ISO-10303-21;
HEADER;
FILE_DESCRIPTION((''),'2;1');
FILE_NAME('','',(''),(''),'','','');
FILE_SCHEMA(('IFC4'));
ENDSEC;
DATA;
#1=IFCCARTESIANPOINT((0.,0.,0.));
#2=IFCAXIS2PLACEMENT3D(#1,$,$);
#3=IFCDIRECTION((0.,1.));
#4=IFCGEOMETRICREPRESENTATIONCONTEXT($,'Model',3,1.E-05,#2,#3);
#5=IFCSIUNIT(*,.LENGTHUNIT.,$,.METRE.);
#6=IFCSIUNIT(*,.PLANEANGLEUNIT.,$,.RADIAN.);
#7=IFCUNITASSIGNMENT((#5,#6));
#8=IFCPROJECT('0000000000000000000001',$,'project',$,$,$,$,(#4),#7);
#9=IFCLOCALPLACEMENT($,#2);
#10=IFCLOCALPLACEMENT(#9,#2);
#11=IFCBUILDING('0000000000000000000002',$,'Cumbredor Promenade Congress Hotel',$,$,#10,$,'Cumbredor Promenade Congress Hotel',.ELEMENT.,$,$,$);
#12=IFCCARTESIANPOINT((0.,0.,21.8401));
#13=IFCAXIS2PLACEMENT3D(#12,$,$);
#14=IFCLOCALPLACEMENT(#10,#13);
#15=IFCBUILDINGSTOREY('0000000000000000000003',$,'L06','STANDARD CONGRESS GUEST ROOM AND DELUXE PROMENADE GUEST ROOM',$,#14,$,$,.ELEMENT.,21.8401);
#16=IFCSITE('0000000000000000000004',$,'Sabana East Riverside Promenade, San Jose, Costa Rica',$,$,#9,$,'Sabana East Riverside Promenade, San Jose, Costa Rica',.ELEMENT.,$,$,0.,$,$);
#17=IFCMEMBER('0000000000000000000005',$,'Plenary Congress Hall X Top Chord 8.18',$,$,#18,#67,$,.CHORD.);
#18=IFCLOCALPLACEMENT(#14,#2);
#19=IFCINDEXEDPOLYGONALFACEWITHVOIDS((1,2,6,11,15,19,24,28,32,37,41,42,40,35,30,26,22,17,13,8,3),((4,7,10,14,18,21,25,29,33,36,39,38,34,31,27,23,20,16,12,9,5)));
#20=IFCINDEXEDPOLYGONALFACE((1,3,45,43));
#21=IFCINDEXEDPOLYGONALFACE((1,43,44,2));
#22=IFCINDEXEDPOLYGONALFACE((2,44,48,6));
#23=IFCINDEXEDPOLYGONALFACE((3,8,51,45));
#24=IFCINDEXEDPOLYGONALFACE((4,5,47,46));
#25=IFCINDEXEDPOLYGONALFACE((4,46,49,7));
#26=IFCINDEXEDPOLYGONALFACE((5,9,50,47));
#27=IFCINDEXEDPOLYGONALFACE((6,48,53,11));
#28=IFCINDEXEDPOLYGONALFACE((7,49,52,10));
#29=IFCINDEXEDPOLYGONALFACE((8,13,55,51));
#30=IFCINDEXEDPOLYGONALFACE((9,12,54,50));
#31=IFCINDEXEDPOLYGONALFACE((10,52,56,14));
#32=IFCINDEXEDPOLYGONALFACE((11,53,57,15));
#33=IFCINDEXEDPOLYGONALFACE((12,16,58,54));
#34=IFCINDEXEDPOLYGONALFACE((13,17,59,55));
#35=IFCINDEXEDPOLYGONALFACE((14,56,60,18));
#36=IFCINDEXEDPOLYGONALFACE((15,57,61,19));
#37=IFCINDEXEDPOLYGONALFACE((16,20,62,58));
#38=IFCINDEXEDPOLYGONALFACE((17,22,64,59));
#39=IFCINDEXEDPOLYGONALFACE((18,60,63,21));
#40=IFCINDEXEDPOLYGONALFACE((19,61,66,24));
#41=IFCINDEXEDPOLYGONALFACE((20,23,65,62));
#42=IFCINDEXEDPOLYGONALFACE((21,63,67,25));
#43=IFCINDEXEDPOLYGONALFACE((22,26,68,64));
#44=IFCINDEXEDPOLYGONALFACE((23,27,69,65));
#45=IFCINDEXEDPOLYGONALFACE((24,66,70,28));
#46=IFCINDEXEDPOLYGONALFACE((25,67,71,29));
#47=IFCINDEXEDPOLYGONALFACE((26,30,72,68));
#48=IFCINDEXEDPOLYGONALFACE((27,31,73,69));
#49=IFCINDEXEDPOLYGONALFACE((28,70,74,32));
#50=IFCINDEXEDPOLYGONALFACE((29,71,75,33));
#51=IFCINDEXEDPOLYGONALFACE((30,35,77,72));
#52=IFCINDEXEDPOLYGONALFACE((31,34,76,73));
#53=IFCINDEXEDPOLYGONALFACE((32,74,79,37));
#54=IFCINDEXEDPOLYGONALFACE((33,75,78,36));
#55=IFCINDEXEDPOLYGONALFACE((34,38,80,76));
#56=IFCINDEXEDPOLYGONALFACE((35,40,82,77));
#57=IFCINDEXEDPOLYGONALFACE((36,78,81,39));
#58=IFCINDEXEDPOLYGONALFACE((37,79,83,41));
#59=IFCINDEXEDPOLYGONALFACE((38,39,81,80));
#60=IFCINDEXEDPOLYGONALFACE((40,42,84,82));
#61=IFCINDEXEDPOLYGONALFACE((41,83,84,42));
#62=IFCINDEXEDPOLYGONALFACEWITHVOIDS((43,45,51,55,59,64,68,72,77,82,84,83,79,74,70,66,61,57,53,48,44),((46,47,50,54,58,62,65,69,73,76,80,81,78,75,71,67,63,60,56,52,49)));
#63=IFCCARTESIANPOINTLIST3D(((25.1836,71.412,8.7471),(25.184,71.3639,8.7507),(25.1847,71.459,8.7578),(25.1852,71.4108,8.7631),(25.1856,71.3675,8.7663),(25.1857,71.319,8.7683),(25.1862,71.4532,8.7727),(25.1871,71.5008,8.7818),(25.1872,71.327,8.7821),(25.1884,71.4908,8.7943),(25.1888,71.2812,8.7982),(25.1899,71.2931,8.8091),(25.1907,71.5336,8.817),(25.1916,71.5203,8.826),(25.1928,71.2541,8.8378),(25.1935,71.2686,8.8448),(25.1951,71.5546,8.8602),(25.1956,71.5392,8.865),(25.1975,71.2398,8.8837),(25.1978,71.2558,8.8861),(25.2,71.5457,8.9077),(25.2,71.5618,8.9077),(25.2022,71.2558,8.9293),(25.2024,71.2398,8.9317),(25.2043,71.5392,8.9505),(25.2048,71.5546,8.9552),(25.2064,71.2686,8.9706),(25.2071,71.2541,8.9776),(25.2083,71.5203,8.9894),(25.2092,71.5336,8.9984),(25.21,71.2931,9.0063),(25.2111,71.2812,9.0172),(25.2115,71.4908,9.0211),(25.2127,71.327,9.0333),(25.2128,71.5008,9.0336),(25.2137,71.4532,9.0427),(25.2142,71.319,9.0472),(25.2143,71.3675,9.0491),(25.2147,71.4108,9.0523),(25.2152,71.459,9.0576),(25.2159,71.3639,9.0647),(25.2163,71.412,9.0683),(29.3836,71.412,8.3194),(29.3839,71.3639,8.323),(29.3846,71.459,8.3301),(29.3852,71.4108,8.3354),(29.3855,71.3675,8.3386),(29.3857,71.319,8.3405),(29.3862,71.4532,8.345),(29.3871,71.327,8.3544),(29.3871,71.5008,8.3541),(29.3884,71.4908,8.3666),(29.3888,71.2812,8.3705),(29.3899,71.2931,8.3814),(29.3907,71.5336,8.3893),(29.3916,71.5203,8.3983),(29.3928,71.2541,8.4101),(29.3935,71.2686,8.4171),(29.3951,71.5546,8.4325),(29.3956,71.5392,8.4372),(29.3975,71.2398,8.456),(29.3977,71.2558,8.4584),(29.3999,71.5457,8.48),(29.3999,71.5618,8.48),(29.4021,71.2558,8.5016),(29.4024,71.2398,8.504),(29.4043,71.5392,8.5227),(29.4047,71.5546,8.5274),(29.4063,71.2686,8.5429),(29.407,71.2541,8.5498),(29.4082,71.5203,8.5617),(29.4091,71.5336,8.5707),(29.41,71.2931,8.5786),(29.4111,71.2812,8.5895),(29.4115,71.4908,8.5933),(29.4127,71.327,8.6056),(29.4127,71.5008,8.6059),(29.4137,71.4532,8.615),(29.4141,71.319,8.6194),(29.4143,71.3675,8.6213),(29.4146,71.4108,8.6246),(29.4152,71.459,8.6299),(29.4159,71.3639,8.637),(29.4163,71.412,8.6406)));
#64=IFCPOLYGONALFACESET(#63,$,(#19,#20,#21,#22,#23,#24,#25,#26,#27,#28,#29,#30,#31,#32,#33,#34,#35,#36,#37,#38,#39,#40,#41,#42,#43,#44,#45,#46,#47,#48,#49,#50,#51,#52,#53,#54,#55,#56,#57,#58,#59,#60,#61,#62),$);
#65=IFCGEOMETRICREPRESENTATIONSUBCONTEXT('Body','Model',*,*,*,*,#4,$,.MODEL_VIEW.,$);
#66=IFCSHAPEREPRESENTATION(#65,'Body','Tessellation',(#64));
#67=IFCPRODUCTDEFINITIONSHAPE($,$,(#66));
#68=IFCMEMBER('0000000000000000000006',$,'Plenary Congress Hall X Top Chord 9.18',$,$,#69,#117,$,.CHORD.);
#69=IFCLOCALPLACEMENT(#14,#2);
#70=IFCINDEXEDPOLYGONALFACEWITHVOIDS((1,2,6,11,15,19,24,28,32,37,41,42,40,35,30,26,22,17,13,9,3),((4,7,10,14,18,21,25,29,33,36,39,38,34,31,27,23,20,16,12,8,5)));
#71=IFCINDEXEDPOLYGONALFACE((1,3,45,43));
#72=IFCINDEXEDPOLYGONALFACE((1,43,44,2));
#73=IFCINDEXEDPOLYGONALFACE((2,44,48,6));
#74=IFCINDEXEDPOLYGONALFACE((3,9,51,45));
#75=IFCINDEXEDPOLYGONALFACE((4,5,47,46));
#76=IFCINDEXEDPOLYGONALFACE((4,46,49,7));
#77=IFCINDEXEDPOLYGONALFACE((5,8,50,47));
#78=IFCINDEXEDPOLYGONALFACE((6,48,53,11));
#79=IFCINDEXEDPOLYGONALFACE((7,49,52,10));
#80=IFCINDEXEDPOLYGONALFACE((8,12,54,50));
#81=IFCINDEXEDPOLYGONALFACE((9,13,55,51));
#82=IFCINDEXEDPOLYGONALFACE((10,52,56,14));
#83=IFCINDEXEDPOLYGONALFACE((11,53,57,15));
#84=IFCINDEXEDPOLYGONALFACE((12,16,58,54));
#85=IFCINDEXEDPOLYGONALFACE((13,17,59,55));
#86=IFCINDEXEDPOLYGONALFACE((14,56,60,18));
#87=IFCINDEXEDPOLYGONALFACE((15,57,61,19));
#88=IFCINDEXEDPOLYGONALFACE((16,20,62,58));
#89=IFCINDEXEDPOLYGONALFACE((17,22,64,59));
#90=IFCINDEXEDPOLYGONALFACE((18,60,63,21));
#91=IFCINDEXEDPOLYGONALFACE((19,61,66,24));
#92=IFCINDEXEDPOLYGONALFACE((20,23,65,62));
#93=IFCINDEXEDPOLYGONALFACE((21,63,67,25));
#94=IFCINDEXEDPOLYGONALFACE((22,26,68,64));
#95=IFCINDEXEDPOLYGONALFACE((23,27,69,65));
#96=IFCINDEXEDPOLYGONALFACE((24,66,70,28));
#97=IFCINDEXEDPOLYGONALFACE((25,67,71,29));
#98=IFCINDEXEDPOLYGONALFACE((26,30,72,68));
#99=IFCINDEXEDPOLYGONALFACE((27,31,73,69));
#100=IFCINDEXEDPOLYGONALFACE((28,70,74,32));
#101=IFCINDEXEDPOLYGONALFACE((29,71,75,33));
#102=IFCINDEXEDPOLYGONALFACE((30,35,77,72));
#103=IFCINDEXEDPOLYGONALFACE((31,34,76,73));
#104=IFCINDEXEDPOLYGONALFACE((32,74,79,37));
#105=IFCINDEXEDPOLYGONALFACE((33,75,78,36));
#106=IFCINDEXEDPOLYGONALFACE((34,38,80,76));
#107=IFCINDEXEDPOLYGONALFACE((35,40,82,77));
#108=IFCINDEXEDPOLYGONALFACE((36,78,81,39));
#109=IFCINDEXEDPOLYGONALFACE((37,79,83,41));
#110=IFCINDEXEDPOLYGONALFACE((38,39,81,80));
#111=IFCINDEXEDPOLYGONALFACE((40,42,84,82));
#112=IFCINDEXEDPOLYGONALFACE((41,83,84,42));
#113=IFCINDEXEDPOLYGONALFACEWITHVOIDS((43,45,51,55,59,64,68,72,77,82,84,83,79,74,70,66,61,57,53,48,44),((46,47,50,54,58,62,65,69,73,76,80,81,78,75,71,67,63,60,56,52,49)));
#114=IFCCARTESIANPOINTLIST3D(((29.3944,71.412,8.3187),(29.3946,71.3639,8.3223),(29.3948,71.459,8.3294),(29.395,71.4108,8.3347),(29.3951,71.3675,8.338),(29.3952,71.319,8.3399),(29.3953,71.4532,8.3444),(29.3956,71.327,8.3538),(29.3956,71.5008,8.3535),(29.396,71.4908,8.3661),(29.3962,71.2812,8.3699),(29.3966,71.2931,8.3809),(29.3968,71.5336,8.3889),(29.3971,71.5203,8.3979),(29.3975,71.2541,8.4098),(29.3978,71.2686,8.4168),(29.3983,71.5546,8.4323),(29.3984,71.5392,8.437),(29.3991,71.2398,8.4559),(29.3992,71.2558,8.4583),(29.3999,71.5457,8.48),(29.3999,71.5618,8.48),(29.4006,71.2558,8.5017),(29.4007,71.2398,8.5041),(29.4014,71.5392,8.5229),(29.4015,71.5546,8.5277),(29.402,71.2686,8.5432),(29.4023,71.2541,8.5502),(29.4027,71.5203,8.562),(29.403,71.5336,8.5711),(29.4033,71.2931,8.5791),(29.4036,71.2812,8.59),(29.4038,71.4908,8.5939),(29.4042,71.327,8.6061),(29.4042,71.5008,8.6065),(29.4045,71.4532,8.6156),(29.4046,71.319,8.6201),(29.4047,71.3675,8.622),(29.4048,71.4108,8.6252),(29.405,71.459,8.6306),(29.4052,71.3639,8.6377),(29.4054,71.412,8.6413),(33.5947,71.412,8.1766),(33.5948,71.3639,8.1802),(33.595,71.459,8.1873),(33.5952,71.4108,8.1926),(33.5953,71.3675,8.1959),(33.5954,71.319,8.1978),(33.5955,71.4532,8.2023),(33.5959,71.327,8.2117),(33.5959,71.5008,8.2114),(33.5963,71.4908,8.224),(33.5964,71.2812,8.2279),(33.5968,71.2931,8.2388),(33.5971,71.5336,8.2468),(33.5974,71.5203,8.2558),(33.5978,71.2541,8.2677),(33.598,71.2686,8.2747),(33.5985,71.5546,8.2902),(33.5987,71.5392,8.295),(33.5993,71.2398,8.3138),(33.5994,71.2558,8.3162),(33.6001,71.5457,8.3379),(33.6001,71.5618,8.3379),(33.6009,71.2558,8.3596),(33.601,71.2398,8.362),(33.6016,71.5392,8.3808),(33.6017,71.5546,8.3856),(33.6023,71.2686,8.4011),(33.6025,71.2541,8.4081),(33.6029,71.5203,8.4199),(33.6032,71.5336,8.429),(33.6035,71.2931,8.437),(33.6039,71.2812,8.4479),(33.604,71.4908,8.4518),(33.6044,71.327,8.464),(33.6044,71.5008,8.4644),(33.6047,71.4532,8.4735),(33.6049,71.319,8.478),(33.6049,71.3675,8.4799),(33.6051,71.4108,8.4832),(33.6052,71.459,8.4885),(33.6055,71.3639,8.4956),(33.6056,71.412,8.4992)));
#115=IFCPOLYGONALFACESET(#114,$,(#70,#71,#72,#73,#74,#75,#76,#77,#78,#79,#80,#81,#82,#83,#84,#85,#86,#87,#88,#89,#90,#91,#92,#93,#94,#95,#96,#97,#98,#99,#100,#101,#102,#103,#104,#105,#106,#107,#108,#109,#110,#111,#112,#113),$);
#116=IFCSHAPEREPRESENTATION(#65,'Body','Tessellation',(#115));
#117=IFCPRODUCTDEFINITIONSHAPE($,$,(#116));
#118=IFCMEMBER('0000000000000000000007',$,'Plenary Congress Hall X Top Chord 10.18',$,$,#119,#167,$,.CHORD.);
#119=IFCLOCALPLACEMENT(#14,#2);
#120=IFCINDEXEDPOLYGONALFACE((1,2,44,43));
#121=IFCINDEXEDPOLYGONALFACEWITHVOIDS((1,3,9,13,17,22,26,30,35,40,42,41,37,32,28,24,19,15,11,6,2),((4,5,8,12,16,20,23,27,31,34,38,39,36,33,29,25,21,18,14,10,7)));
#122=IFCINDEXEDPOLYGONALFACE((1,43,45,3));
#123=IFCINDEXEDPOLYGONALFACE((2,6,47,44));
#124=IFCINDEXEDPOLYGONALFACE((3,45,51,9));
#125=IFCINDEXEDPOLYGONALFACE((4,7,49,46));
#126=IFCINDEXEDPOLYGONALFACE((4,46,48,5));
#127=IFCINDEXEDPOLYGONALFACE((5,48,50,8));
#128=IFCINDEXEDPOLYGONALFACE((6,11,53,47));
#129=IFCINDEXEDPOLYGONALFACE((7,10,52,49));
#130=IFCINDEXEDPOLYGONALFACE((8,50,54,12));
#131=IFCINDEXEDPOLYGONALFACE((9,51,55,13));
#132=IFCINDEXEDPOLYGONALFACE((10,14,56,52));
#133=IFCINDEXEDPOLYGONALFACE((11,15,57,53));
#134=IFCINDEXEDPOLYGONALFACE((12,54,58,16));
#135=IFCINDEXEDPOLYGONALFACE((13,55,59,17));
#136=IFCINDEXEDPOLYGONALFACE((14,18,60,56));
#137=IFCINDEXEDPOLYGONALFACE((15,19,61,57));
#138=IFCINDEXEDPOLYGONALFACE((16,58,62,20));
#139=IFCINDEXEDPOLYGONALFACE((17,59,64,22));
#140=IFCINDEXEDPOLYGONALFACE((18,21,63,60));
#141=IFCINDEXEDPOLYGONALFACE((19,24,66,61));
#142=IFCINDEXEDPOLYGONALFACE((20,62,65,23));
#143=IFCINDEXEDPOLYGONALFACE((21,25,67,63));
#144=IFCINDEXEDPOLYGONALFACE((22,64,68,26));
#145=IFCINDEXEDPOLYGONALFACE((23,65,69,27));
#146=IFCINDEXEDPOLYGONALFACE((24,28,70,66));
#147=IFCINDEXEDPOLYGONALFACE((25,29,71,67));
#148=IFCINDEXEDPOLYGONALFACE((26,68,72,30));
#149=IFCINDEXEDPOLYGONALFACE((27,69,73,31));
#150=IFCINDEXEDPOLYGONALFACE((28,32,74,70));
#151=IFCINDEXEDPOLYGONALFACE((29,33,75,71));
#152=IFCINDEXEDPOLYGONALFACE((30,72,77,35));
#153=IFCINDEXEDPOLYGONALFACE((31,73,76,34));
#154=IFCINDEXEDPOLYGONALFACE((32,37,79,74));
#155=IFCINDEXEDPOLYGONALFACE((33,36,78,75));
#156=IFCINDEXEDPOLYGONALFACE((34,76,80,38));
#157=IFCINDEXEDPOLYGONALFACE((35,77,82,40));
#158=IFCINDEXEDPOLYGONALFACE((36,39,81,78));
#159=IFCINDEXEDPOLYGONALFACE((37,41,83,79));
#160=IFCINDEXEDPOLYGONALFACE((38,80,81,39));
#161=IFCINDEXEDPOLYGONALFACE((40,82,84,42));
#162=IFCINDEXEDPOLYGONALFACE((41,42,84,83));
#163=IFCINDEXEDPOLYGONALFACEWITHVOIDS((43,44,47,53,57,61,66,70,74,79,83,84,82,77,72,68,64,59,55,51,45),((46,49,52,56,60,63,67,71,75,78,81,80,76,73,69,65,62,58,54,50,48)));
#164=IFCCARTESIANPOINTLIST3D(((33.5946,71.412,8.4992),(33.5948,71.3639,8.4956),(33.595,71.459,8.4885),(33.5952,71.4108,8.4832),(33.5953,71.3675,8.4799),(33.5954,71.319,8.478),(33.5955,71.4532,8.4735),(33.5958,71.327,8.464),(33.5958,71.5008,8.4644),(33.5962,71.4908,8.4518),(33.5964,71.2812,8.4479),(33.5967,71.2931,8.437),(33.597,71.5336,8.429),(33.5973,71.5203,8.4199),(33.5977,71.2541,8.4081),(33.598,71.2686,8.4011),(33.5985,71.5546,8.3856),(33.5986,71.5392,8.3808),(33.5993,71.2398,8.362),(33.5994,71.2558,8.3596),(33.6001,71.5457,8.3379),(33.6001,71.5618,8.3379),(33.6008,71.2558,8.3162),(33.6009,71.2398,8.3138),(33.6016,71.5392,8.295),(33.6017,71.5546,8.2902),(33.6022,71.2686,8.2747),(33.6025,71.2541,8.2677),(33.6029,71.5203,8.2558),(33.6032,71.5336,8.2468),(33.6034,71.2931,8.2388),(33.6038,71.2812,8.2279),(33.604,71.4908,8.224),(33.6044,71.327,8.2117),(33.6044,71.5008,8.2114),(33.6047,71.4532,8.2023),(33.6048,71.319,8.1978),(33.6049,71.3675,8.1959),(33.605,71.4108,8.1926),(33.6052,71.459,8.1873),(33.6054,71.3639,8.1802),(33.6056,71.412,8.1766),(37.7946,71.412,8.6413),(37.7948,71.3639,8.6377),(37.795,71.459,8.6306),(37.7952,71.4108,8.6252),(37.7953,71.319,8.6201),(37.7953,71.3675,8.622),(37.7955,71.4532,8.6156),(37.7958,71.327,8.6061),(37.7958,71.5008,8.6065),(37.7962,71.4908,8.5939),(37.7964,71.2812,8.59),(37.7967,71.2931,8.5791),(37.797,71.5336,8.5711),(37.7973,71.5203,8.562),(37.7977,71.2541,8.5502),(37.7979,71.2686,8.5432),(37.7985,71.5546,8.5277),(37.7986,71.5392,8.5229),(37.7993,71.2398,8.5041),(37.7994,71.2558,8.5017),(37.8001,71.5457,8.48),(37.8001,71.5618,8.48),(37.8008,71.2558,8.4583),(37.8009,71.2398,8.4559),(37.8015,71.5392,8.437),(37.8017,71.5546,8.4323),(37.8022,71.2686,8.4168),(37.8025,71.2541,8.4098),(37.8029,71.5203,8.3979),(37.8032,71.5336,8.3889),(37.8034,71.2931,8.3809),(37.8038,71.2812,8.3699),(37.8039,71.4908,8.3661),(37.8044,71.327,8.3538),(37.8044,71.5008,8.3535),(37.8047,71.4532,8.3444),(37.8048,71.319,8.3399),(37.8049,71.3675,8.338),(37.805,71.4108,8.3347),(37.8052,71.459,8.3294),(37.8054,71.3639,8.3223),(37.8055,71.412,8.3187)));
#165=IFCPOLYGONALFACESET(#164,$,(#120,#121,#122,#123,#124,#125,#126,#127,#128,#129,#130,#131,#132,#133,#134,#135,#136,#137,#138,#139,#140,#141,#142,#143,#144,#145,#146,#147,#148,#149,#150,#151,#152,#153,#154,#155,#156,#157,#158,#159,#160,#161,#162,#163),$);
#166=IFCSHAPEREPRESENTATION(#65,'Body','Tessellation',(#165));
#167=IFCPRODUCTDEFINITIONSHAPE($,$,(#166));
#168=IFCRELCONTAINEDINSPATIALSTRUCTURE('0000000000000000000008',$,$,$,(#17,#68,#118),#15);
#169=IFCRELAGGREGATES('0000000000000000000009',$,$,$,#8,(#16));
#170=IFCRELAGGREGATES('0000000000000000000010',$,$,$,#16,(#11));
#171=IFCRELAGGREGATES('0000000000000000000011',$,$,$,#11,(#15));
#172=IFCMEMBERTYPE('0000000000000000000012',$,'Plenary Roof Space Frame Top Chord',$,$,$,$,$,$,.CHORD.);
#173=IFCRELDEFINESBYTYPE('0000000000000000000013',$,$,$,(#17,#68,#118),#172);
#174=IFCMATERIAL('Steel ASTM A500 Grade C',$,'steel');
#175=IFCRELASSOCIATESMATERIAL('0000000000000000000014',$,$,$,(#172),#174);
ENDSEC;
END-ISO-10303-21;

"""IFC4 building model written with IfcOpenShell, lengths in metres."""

from ifc_helpers import new_model, si_unit, direction, frame, origin, origin_2d, place, context, subcontext, project, spatial, hollow_circle, extrude, material, material_profile, profile_set, type_object, element, save


model = new_model("IFC4")

# Units and contexts
model_context = context("Model", 3, precision=1e-05, world=origin(), true_north=direction((0.0, 1.0)))
body_context = subcontext(model_context, "Body", "Model", "MODEL_VIEW")
ifc_project = project(units=[si_unit("LENGTHUNIT", "METRE"), si_unit("PLANEANGLEUNIT", "RADIAN")], contexts=[model_context])

# Site, building, storey
site_placement = place(None, origin())
site = spatial("IfcSite", under=ifc_project, at=site_placement, Name="Sabana East Riverside Promenade, San Jose, Costa Rica", LongName="Sabana East Riverside Promenade, San Jose, Costa Rica", CompositionType="ELEMENT", RefElevation=0.0)
building_placement = place(site_placement, origin())
building = spatial("IfcBuilding", under=site, at=building_placement, Name="Cumbredor Promenade Congress Hotel", LongName="Cumbredor Promenade Congress Hotel", CompositionType="ELEMENT")
storey_placement = place(building_placement, frame((0.0, 0.0, 21.8401)))
storey = spatial("IfcBuildingStorey", under=building, at=storey_placement, Name="L06", Description="STANDARD CONGRESS GUEST ROOM AND DELUXE PROMENADE GUEST ROOM", CompositionType="ELEMENT", Elevation=21.8401)

# Members
ifc_material_1 = material(Name="Steel ASTM A500 Grade C", Category="steel")
ifc_material_profile_1 = material_profile(ifc_material_1, hollow_circle(Radius=0.1619, WallThickness=0.0161, at=origin_2d()), Name="CHS 323.9x16")
ifc_profile_set_1 = profile_set([ifc_material_profile_1], Name="Steel ASTM A500 Grade C")
member_type_1 = type_object("IfcMemberType", Name="Plenary Roof Space Frame Top Chord", PredefinedType="CHORD", material=ifc_profile_set_1)
member_1_placement = place(storey_placement, frame((25.2, 71.3999, 8.9077), z_axis=(0.994854, 0.0, -0.101319), x_axis=(0.0, 1.0, 0.0)))
element("IfcMember", 1, at=member_1_placement, inside=storey, type_object=member_type_1, Name="Plenary Congress Hall X Top Chord 8.18", PredefinedType="CHORD", context=body_context, shape_type="SweptSolid", body=[
    extrude(hollow_circle(Radius=0.1619, WallThickness=0.0161, at=origin_2d()), origin(), (0.0, 0.0, 1.0), 4.2217),
])
member_2_placement = place(storey_placement, frame((29.3999, 71.3999, 8.48), z_axis=(0.999428, 0.0, -0.03381), x_axis=(0.0, 1.0, 0.0)))
element("IfcMember", 2, at=member_2_placement, inside=storey, type_object=member_type_1, Name="Plenary Congress Hall X Top Chord 9.18", PredefinedType="CHORD", context=body_context, shape_type="SweptSolid", body=[
    extrude(hollow_circle(Radius=0.1619, WallThickness=0.0161, at=origin_2d()), origin(), (0.0, 0.0, 1.0), 4.2026),
])
member_3_placement = place(storey_placement, frame((33.6001, 71.3999, 8.3379), z_axis=(0.999428, 0.0, 0.033812), x_axis=(0.0, 1.0, 0.0)))
element("IfcMember", 3, at=member_3_placement, inside=storey, type_object=member_type_1, Name="Plenary Congress Hall X Top Chord 10.18", PredefinedType="CHORD", context=body_context, shape_type="SweptSolid", body=[
    extrude(hollow_circle(Radius=0.1619, WallThickness=0.0161, at=origin_2d()), origin(), (0.0, 0.0, 1.0), 4.2024),
])

save(model, "model.ifc")
